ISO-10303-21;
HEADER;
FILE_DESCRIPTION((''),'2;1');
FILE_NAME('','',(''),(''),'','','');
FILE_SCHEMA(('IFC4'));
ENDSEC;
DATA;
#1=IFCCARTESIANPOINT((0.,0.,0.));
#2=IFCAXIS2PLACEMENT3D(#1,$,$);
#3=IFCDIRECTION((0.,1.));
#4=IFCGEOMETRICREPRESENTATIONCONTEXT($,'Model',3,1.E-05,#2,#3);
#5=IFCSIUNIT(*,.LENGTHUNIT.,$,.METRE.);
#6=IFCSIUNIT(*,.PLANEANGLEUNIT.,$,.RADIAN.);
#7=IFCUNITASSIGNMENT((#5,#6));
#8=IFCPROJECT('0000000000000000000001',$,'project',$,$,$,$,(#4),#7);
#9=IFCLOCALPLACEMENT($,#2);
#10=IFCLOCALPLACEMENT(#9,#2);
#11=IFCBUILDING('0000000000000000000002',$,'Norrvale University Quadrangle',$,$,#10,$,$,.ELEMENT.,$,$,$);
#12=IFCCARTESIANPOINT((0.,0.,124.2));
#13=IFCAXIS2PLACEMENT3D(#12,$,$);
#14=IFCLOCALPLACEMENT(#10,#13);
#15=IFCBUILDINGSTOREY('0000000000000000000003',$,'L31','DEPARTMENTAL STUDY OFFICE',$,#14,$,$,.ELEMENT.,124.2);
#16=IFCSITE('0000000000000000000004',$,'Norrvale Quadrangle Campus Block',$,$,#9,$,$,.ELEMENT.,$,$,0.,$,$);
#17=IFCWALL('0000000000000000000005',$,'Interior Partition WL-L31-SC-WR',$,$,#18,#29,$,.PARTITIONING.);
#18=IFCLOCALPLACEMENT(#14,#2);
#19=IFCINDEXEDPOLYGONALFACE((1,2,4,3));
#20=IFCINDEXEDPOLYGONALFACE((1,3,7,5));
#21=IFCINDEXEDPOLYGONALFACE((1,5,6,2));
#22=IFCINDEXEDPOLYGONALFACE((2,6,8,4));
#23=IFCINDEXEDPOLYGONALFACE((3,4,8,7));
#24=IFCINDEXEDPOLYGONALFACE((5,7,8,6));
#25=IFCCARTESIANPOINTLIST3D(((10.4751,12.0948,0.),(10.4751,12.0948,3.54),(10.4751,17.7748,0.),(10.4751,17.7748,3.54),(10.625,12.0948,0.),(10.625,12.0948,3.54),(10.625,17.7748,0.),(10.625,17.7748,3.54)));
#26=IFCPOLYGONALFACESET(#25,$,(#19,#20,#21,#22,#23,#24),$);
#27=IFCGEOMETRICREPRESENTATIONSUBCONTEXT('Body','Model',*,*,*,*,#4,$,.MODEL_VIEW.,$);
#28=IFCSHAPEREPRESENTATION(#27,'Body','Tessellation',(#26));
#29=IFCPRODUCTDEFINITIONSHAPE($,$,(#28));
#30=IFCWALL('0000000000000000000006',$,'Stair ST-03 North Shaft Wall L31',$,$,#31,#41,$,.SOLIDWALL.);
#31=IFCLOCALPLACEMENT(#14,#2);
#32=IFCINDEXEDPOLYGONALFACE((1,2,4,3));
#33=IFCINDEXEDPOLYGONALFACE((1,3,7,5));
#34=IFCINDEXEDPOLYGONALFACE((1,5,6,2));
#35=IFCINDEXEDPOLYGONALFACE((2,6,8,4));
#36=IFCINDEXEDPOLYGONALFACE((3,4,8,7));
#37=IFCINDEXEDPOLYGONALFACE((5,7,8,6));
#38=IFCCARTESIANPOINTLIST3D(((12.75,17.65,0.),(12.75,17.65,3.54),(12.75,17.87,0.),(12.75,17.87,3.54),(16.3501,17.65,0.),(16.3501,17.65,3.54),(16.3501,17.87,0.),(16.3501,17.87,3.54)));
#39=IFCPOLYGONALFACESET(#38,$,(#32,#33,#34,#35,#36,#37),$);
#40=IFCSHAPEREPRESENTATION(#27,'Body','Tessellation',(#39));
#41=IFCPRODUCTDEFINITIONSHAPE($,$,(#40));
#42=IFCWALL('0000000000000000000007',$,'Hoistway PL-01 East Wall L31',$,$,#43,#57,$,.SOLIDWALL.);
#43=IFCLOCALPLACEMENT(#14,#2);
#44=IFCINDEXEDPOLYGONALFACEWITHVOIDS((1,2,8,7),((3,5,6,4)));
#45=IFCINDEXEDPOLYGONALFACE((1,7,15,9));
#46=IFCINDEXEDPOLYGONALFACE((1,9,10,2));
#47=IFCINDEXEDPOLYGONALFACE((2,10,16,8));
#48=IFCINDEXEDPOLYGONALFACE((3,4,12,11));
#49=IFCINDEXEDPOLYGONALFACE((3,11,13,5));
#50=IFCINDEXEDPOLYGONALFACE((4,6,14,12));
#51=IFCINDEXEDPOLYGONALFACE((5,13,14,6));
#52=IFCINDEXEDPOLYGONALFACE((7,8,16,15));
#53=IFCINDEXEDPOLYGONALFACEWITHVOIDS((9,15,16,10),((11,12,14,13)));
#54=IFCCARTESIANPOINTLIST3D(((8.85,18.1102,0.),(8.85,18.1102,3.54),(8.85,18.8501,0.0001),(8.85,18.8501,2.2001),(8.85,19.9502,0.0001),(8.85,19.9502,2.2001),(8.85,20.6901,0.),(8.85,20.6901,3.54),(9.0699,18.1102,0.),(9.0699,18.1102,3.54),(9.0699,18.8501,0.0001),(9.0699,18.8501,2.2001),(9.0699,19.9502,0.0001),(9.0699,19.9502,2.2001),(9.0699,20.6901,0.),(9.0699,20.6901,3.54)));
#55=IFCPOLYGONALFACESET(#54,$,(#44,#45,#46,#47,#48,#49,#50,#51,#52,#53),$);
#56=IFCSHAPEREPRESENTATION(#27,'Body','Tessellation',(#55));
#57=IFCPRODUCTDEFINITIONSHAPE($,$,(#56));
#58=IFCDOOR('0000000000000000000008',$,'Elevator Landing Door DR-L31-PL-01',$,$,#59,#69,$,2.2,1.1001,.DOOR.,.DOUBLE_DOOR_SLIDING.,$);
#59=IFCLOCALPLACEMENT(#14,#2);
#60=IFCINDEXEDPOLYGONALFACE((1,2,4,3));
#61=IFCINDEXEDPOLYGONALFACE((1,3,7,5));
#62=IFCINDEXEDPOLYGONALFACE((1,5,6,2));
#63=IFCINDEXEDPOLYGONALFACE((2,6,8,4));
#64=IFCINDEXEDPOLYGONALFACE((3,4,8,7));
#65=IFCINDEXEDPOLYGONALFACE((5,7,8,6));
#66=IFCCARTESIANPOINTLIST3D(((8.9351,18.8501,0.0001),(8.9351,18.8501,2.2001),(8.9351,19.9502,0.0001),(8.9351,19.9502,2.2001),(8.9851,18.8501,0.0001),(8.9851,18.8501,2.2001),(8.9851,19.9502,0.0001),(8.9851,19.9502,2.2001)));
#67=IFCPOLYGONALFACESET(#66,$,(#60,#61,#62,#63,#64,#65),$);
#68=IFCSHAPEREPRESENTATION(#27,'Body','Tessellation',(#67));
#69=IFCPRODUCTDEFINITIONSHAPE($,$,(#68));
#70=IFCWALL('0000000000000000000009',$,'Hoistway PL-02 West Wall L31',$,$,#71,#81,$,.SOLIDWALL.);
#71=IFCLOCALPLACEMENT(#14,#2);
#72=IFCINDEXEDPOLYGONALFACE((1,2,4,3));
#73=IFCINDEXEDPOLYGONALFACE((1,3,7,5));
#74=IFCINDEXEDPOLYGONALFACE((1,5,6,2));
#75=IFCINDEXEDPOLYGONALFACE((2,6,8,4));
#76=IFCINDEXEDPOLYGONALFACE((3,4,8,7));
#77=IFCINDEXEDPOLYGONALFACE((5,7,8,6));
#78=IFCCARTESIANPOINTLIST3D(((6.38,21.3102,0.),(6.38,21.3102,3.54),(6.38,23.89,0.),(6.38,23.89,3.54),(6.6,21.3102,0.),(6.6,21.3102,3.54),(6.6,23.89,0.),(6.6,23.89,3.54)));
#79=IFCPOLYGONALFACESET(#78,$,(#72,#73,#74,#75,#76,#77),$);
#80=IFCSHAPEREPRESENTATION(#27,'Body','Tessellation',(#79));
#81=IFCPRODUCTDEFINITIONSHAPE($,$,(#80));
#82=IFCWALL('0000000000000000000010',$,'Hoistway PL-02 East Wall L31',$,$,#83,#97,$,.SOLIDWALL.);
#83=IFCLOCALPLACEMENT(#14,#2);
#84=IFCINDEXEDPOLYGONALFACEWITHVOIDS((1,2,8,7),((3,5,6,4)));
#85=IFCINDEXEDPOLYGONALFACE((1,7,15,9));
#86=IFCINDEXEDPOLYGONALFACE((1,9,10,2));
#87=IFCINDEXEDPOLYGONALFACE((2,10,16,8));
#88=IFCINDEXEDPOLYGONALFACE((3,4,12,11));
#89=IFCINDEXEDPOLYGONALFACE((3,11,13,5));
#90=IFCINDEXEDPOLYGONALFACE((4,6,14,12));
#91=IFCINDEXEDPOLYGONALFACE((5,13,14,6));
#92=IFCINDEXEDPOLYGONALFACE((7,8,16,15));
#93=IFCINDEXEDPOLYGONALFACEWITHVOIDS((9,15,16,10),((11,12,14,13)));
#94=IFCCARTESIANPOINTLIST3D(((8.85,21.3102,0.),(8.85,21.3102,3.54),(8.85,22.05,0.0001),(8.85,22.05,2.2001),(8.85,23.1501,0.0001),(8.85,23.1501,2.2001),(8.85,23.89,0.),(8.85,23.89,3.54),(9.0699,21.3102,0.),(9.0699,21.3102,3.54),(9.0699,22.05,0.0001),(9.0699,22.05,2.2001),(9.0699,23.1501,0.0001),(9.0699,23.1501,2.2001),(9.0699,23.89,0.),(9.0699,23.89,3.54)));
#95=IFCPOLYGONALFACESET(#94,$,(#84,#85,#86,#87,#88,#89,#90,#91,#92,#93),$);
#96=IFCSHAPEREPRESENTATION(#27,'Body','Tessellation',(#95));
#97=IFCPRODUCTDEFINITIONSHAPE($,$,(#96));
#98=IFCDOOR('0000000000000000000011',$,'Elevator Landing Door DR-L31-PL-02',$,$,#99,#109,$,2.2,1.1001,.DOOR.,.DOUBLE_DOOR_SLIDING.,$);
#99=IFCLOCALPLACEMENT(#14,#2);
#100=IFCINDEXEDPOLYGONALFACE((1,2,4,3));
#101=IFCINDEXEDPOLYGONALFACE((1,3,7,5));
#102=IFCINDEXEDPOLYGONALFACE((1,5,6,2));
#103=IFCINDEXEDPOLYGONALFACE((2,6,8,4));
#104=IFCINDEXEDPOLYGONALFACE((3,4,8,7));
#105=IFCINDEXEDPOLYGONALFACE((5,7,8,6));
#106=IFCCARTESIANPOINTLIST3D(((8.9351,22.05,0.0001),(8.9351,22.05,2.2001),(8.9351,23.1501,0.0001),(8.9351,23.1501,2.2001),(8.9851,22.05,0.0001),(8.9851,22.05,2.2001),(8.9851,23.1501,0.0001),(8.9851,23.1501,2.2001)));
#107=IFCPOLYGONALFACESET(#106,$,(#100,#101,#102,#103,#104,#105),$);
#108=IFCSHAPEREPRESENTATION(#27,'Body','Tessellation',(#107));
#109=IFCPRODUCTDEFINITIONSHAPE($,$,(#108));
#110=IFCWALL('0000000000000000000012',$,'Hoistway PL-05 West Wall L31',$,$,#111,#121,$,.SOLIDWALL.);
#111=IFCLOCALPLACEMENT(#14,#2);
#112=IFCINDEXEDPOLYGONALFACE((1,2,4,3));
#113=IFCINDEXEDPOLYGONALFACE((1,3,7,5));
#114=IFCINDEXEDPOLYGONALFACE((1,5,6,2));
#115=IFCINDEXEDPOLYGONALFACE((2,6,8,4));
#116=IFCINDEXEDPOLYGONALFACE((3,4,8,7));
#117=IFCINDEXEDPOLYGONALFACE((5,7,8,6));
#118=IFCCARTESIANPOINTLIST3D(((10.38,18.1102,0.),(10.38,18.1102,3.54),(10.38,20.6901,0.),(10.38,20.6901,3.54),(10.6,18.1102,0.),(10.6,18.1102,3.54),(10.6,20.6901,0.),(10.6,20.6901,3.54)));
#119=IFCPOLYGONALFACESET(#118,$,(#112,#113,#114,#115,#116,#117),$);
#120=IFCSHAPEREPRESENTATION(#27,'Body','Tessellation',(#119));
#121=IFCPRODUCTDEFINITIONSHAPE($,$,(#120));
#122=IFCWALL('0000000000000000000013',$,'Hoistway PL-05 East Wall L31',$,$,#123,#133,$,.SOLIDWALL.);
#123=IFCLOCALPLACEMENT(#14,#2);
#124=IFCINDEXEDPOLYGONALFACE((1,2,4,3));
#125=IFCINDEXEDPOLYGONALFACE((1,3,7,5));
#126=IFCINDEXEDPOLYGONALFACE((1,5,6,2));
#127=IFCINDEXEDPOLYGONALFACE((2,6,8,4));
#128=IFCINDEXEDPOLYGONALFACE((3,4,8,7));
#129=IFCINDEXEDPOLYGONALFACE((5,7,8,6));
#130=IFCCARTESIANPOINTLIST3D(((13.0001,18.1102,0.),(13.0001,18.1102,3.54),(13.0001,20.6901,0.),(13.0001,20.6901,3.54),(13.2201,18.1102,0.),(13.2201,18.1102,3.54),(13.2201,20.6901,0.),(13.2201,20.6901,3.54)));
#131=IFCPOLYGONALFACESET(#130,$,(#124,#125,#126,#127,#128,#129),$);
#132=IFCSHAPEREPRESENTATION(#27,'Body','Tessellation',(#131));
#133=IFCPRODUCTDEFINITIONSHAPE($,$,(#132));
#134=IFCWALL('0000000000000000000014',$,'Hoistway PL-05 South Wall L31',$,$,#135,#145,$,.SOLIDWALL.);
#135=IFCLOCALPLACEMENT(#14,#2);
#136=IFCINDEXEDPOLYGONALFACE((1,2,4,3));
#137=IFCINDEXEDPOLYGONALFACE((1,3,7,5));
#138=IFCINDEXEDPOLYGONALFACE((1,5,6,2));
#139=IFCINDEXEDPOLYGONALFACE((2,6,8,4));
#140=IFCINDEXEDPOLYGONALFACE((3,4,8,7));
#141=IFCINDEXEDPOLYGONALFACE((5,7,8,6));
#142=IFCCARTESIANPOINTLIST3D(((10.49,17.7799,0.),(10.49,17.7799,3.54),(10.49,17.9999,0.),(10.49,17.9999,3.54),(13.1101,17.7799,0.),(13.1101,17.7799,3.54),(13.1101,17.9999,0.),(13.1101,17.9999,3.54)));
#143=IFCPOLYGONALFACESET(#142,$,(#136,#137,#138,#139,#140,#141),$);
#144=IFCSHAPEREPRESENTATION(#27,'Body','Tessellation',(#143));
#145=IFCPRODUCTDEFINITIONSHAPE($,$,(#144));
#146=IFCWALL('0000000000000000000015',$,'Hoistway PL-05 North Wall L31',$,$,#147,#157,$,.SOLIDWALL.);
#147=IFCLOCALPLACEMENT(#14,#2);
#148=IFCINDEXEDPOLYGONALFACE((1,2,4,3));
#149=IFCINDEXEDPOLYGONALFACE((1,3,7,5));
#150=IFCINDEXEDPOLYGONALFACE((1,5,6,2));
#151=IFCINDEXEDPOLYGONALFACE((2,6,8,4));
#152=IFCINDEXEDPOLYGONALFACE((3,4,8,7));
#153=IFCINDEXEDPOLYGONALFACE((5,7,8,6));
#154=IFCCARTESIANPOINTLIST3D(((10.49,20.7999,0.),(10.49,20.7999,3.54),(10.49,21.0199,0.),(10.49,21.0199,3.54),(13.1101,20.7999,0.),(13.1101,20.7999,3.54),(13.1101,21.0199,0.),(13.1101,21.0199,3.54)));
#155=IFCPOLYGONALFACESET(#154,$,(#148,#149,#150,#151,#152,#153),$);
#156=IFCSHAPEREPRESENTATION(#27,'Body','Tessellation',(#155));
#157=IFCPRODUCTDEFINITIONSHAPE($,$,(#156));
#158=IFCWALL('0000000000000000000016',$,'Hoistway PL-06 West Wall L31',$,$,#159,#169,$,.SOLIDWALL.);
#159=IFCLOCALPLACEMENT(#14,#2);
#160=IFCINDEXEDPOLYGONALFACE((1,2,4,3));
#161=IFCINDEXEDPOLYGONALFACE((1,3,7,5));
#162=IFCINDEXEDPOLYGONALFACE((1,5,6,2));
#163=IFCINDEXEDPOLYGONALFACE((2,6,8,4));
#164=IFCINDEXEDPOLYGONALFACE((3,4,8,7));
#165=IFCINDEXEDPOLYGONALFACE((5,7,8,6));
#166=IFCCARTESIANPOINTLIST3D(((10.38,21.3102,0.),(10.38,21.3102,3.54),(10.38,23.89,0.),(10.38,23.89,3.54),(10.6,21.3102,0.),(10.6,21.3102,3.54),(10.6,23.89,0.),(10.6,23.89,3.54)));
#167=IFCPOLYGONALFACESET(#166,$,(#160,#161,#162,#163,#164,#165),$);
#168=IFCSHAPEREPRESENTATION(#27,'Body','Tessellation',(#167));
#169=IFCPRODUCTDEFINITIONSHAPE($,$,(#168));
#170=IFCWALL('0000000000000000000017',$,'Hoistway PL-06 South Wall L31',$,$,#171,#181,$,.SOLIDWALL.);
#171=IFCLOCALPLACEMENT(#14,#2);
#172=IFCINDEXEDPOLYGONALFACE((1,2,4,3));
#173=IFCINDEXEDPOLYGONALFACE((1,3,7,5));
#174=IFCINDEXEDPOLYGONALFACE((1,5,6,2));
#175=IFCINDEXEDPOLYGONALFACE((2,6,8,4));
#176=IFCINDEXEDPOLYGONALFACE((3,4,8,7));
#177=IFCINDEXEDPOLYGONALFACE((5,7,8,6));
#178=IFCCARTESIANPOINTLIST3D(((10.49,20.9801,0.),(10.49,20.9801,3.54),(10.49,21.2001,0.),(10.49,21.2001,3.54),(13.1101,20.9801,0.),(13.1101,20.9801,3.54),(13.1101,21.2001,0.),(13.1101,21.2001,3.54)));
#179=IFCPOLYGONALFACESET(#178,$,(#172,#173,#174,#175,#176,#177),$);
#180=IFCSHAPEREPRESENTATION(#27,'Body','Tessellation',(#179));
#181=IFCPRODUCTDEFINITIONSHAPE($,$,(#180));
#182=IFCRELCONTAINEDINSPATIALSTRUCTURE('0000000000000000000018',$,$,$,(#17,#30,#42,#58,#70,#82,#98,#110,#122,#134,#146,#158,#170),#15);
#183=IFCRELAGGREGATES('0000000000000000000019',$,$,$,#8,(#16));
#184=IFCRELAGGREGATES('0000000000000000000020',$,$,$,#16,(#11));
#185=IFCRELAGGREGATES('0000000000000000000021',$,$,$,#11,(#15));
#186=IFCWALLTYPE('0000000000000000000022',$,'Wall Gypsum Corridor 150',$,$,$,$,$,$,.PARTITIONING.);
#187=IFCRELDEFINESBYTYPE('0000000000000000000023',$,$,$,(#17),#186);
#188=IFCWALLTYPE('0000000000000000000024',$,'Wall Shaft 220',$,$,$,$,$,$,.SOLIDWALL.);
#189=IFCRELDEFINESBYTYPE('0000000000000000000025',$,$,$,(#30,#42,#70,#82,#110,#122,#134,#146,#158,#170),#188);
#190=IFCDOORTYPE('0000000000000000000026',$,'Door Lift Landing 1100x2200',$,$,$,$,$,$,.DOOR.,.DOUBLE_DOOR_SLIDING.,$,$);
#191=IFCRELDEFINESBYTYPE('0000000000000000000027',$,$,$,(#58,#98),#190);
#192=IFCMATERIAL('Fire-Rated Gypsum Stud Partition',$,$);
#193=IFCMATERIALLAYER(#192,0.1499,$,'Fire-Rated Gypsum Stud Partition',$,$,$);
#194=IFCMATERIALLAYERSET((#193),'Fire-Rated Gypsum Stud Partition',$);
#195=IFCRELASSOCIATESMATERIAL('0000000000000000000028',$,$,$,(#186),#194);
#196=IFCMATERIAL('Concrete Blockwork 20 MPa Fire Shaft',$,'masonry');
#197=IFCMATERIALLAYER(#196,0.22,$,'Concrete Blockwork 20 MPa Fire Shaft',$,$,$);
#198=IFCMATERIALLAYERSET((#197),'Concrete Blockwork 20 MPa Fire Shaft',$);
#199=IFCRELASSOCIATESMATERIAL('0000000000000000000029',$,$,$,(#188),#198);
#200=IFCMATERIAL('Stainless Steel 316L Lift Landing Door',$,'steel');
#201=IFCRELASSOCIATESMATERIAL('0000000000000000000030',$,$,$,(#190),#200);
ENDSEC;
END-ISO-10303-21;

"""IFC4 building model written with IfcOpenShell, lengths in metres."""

from ifc_helpers import new_model, si_unit, direction, frame, frame_2d, origin, place, context, subcontext, project, spatial, rectangle, extrude, material, layer, layer_set, type_object, element, fill, save


model = new_model("IFC4")

# Units and contexts
model_context = context("Model", 3, precision=1e-05, world=origin(), true_north=direction((0.0, 1.0)))
body_context = subcontext(model_context, "Body", "Model", "MODEL_VIEW")
ifc_project = project(units=[si_unit("LENGTHUNIT", "METRE"), si_unit("PLANEANGLEUNIT", "RADIAN")], contexts=[model_context])

# Site, building, storey
site_placement = place(None, origin())
site = spatial("IfcSite", under=ifc_project, at=site_placement, Name="Norrvale Quadrangle Campus Block", CompositionType="ELEMENT", RefElevation=0.0)
building_placement = place(site_placement, origin())
building = spatial("IfcBuilding", under=site, at=building_placement, Name="Norrvale University Quadrangle", CompositionType="ELEMENT")
storey_placement = place(building_placement, frame((0.0, 0.0, 124.2)))
storey = spatial("IfcBuildingStorey", under=building, at=storey_placement, Name="L31", Description="DEPARTMENTAL STUDY OFFICE", CompositionType="ELEMENT", Elevation=124.2)

# Shared definitions
ifc_material_1 = material(Name="Fire-Rated Gypsum Stud Partition")
ifc_layer_1 = layer(ifc_material_1, 0.1499, Name="Fire-Rated Gypsum Stud Partition")
ifc_layer_set_1 = layer_set([ifc_layer_1], Name="Fire-Rated Gypsum Stud Partition")
wall_type_1 = type_object("IfcWallType", Name="Wall Gypsum Corridor 150", PredefinedType="PARTITIONING", material=ifc_layer_set_1)

# Walls
for number, where, z_axis, x_axis, name in (
    (1, (10.55, 12.095, 0.0), (0.0, 0.0, 1.0), (0.0, 1.0, 0.0), "Interior Partition WL-L31-SC-WR"),
):
    element("IfcWall", number, at=place(storey_placement, frame(where, z_axis=z_axis, x_axis=x_axis)), inside=storey, type_object=wall_type_1, Name=name, PredefinedType="PARTITIONING", context=body_context, shape_type="SweptSolid", body=[
        extrude(rectangle(XDim=5.6799, YDim=0.1499, at=frame_2d((2.8398, 0.0))), origin(), (0.0, 0.0, 1.0), 3.54),
    ])
ifc_material_2 = material(Name="Concrete Blockwork 20 MPa Fire Shaft", Category="masonry")
ifc_layer_2 = layer(ifc_material_2, 0.22, Name="Concrete Blockwork 20 MPa Fire Shaft")
ifc_layer_set_2 = layer_set([ifc_layer_2], Name="Concrete Blockwork 20 MPa Fire Shaft")
wall_type_2 = type_object("IfcWallType", Name="Wall Shaft 220", PredefinedType="SOLIDWALL", material=ifc_layer_set_2)
wall_1_placement = place(storey_placement, frame((12.75, 17.76, 0.0), z_axis=(0.0, 0.0, 1.0), x_axis=(1.0, 0.0, 0.0)))
element("IfcWall", 2, at=wall_1_placement, inside=storey, type_object=wall_type_2, Name="Stair ST-03 North Shaft Wall L31", PredefinedType="SOLIDWALL", context=body_context, shape_type="SweptSolid", body=[
    extrude(rectangle(XDim=3.6001, YDim=0.22, at=frame_2d((1.8, 0.0))), origin(), (0.0, 0.0, 1.0), 3.54),
])

# Wall, opening, door
wall_2_placement = place(storey_placement, frame((8.96, 18.1101, 0.0), z_axis=(0.0, 0.0, 1.0), x_axis=(0.0, 1.0, 0.0)))
wall_2 = element("IfcWall", 3, at=wall_2_placement, inside=storey, type_object=wall_type_2, Name="Hoistway PL-01 East Wall L31", PredefinedType="SOLIDWALL", context=body_context, shape_type="SweptSolid", body=[
    extrude(rectangle(XDim=2.5798, YDim=0.22, at=frame_2d((1.29, 0.0))), origin(), (0.0, 0.0, 1.0), 3.54),
])
opening_1_placement = place(wall_2_placement, frame((0.74, 0.0, 0.0)))
opening_1 = element("IfcOpeningElement", 4, at=opening_1_placement, cuts=wall_2, PredefinedType="OPENING", context=body_context, shape_type="SweptSolid", body=[
    extrude(rectangle(XDim=1.1001, YDim=2.2, at=frame_2d((0.55, 1.1001))), frame((0.0, 0.1221, 0.0), z_axis=(0.0, -1.0, 0.0), x_axis=(1.0, 0.0, 0.0)), (0.0, 0.0, 1.0), 0.2439),
])
ifc_material_3 = material(Name="Stainless Steel 316L Lift Landing Door", Category="steel")
door_type_1 = type_object("IfcDoorType", Name="Door Lift Landing 1100x2200", OperationType="DOUBLE_DOOR_SLIDING", PredefinedType="DOOR", material=ifc_material_3)
door_1_placement = place(opening_1_placement, origin())
door_1 = element("IfcDoor", 5, at=door_1_placement, inside=storey, type_object=door_type_1, Name="Elevator Landing Door DR-L31-PL-01", OperationType="DOUBLE_DOOR_SLIDING", OverallHeight=2.2, OverallWidth=1.1001, PredefinedType="DOOR", context=body_context, shape_type="SweptSolid", body=[
    extrude(rectangle(XDim=1.1001, YDim=2.2, at=frame_2d((0.55, 1.1001))), frame((0.0, 0.0249, 0.0), z_axis=(0.0, -1.0, 0.0), x_axis=(1.0, 0.0, 0.0)), (0.0, 0.0, 1.0), 0.05),
])
fill(opening_1, door_1)

# Wall
wall_3_placement = place(storey_placement, frame((6.49, 21.3101, 0.0), z_axis=(0.0, 0.0, 1.0), x_axis=(0.0, 1.0, 0.0)))
element("IfcWall", 6, at=wall_3_placement, inside=storey, type_object=wall_type_2, Name="Hoistway PL-02 West Wall L31", PredefinedType="SOLIDWALL", context=body_context, shape_type="SweptSolid", body=[
    extrude(rectangle(XDim=2.5798, YDim=0.22, at=frame_2d((1.29, 0.0))), origin(), (0.0, 0.0, 1.0), 3.54),
])

# Wall, opening, door
wall_4_placement = place(storey_placement, frame((8.96, 21.3101, 0.0), z_axis=(0.0, 0.0, 1.0), x_axis=(0.0, 1.0, 0.0)))
wall_4 = element("IfcWall", 7, at=wall_4_placement, inside=storey, type_object=wall_type_2, Name="Hoistway PL-02 East Wall L31", PredefinedType="SOLIDWALL", context=body_context, shape_type="SweptSolid", body=[
    extrude(rectangle(XDim=2.5798, YDim=0.22, at=frame_2d((1.29, 0.0))), origin(), (0.0, 0.0, 1.0), 3.54),
])
opening_2_placement = place(wall_4_placement, frame((0.74, 0.0, 0.0)))
opening_2 = element("IfcOpeningElement", 8, at=opening_2_placement, cuts=wall_4, PredefinedType="OPENING", context=body_context, shape_type="SweptSolid", body=[
    extrude(rectangle(XDim=1.1001, YDim=2.2, at=frame_2d((0.55, 1.1001))), frame((0.0, 0.1221, 0.0), z_axis=(0.0, -1.0, 0.0), x_axis=(1.0, 0.0, 0.0)), (0.0, 0.0, 1.0), 0.2439),
])
door_2_placement = place(opening_2_placement, origin())
door_2 = element("IfcDoor", 9, at=door_2_placement, inside=storey, type_object=door_type_1, Name="Elevator Landing Door DR-L31-PL-02", OperationType="DOUBLE_DOOR_SLIDING", OverallHeight=2.2, OverallWidth=1.1001, PredefinedType="DOOR", context=body_context, shape_type="SweptSolid", body=[
    extrude(rectangle(XDim=1.1001, YDim=2.2, at=frame_2d((0.55, 1.1001))), frame((0.0, 0.0249, 0.0), z_axis=(0.0, -1.0, 0.0), x_axis=(1.0, 0.0, 0.0)), (0.0, 0.0, 1.0), 0.05),
])
fill(opening_2, door_2)

# Walls
for number, where, z_axis, x_axis, name in (
    (10, (10.49, 18.1101, 0.0), (0.0, 0.0, 1.0), (0.0, 1.0, 0.0), "Hoistway PL-05 West Wall L31"),
    (11, (13.1101, 18.1101, 0.0), (0.0, 0.0, 1.0), (0.0, 1.0, 0.0), "Hoistway PL-05 East Wall L31"),
):
    element("IfcWall", number, at=place(storey_placement, frame(where, z_axis=z_axis, x_axis=x_axis)), inside=storey, type_object=wall_type_2, Name=name, PredefinedType="SOLIDWALL", context=body_context, shape_type="SweptSolid", body=[
        extrude(rectangle(XDim=2.5798, YDim=0.22, at=frame_2d((1.29, 0.0))), origin(), (0.0, 0.0, 1.0), 3.54),
    ])
for number, where, z_axis, x_axis, name in (
    (12, (10.49, 17.8899, 0.0), (0.0, 0.0, 1.0), (1.0, 0.0, 0.0), "Hoistway PL-05 South Wall L31"),
    (13, (10.49, 20.9099, 0.0), (0.0, 0.0, 1.0), (1.0, 0.0, 0.0), "Hoistway PL-05 North Wall L31"),
):
    element("IfcWall", number, at=place(storey_placement, frame(where, z_axis=z_axis, x_axis=x_axis)), inside=storey, type_object=wall_type_2, Name=name, PredefinedType="SOLIDWALL", context=body_context, shape_type="SweptSolid", body=[
        extrude(rectangle(XDim=2.6201, YDim=0.22, at=frame_2d((1.3101, 0.0))), origin(), (0.0, 0.0, 1.0), 3.54),
    ])
wall_5_placement = place(storey_placement, frame((10.49, 21.3101, 0.0), z_axis=(0.0, 0.0, 1.0), x_axis=(0.0, 1.0, 0.0)))
element("IfcWall", 14, at=wall_5_placement, inside=storey, type_object=wall_type_2, Name="Hoistway PL-06 West Wall L31", PredefinedType="SOLIDWALL", context=body_context, shape_type="SweptSolid", body=[
    extrude(rectangle(XDim=2.5798, YDim=0.22, at=frame_2d((1.29, 0.0))), origin(), (0.0, 0.0, 1.0), 3.54),
])
wall_6_placement = place(storey_placement, frame((10.49, 21.0901, 0.0), z_axis=(0.0, 0.0, 1.0), x_axis=(1.0, 0.0, 0.0)))
element("IfcWall", 15, at=wall_6_placement, inside=storey, type_object=wall_type_2, Name="Hoistway PL-06 South Wall L31", PredefinedType="SOLIDWALL", context=body_context, shape_type="SweptSolid", body=[
    extrude(rectangle(XDim=2.6201, YDim=0.22, at=frame_2d((1.3101, 0.0))), origin(), (0.0, 0.0, 1.0), 3.54),
])

save(model, "model.ifc")
